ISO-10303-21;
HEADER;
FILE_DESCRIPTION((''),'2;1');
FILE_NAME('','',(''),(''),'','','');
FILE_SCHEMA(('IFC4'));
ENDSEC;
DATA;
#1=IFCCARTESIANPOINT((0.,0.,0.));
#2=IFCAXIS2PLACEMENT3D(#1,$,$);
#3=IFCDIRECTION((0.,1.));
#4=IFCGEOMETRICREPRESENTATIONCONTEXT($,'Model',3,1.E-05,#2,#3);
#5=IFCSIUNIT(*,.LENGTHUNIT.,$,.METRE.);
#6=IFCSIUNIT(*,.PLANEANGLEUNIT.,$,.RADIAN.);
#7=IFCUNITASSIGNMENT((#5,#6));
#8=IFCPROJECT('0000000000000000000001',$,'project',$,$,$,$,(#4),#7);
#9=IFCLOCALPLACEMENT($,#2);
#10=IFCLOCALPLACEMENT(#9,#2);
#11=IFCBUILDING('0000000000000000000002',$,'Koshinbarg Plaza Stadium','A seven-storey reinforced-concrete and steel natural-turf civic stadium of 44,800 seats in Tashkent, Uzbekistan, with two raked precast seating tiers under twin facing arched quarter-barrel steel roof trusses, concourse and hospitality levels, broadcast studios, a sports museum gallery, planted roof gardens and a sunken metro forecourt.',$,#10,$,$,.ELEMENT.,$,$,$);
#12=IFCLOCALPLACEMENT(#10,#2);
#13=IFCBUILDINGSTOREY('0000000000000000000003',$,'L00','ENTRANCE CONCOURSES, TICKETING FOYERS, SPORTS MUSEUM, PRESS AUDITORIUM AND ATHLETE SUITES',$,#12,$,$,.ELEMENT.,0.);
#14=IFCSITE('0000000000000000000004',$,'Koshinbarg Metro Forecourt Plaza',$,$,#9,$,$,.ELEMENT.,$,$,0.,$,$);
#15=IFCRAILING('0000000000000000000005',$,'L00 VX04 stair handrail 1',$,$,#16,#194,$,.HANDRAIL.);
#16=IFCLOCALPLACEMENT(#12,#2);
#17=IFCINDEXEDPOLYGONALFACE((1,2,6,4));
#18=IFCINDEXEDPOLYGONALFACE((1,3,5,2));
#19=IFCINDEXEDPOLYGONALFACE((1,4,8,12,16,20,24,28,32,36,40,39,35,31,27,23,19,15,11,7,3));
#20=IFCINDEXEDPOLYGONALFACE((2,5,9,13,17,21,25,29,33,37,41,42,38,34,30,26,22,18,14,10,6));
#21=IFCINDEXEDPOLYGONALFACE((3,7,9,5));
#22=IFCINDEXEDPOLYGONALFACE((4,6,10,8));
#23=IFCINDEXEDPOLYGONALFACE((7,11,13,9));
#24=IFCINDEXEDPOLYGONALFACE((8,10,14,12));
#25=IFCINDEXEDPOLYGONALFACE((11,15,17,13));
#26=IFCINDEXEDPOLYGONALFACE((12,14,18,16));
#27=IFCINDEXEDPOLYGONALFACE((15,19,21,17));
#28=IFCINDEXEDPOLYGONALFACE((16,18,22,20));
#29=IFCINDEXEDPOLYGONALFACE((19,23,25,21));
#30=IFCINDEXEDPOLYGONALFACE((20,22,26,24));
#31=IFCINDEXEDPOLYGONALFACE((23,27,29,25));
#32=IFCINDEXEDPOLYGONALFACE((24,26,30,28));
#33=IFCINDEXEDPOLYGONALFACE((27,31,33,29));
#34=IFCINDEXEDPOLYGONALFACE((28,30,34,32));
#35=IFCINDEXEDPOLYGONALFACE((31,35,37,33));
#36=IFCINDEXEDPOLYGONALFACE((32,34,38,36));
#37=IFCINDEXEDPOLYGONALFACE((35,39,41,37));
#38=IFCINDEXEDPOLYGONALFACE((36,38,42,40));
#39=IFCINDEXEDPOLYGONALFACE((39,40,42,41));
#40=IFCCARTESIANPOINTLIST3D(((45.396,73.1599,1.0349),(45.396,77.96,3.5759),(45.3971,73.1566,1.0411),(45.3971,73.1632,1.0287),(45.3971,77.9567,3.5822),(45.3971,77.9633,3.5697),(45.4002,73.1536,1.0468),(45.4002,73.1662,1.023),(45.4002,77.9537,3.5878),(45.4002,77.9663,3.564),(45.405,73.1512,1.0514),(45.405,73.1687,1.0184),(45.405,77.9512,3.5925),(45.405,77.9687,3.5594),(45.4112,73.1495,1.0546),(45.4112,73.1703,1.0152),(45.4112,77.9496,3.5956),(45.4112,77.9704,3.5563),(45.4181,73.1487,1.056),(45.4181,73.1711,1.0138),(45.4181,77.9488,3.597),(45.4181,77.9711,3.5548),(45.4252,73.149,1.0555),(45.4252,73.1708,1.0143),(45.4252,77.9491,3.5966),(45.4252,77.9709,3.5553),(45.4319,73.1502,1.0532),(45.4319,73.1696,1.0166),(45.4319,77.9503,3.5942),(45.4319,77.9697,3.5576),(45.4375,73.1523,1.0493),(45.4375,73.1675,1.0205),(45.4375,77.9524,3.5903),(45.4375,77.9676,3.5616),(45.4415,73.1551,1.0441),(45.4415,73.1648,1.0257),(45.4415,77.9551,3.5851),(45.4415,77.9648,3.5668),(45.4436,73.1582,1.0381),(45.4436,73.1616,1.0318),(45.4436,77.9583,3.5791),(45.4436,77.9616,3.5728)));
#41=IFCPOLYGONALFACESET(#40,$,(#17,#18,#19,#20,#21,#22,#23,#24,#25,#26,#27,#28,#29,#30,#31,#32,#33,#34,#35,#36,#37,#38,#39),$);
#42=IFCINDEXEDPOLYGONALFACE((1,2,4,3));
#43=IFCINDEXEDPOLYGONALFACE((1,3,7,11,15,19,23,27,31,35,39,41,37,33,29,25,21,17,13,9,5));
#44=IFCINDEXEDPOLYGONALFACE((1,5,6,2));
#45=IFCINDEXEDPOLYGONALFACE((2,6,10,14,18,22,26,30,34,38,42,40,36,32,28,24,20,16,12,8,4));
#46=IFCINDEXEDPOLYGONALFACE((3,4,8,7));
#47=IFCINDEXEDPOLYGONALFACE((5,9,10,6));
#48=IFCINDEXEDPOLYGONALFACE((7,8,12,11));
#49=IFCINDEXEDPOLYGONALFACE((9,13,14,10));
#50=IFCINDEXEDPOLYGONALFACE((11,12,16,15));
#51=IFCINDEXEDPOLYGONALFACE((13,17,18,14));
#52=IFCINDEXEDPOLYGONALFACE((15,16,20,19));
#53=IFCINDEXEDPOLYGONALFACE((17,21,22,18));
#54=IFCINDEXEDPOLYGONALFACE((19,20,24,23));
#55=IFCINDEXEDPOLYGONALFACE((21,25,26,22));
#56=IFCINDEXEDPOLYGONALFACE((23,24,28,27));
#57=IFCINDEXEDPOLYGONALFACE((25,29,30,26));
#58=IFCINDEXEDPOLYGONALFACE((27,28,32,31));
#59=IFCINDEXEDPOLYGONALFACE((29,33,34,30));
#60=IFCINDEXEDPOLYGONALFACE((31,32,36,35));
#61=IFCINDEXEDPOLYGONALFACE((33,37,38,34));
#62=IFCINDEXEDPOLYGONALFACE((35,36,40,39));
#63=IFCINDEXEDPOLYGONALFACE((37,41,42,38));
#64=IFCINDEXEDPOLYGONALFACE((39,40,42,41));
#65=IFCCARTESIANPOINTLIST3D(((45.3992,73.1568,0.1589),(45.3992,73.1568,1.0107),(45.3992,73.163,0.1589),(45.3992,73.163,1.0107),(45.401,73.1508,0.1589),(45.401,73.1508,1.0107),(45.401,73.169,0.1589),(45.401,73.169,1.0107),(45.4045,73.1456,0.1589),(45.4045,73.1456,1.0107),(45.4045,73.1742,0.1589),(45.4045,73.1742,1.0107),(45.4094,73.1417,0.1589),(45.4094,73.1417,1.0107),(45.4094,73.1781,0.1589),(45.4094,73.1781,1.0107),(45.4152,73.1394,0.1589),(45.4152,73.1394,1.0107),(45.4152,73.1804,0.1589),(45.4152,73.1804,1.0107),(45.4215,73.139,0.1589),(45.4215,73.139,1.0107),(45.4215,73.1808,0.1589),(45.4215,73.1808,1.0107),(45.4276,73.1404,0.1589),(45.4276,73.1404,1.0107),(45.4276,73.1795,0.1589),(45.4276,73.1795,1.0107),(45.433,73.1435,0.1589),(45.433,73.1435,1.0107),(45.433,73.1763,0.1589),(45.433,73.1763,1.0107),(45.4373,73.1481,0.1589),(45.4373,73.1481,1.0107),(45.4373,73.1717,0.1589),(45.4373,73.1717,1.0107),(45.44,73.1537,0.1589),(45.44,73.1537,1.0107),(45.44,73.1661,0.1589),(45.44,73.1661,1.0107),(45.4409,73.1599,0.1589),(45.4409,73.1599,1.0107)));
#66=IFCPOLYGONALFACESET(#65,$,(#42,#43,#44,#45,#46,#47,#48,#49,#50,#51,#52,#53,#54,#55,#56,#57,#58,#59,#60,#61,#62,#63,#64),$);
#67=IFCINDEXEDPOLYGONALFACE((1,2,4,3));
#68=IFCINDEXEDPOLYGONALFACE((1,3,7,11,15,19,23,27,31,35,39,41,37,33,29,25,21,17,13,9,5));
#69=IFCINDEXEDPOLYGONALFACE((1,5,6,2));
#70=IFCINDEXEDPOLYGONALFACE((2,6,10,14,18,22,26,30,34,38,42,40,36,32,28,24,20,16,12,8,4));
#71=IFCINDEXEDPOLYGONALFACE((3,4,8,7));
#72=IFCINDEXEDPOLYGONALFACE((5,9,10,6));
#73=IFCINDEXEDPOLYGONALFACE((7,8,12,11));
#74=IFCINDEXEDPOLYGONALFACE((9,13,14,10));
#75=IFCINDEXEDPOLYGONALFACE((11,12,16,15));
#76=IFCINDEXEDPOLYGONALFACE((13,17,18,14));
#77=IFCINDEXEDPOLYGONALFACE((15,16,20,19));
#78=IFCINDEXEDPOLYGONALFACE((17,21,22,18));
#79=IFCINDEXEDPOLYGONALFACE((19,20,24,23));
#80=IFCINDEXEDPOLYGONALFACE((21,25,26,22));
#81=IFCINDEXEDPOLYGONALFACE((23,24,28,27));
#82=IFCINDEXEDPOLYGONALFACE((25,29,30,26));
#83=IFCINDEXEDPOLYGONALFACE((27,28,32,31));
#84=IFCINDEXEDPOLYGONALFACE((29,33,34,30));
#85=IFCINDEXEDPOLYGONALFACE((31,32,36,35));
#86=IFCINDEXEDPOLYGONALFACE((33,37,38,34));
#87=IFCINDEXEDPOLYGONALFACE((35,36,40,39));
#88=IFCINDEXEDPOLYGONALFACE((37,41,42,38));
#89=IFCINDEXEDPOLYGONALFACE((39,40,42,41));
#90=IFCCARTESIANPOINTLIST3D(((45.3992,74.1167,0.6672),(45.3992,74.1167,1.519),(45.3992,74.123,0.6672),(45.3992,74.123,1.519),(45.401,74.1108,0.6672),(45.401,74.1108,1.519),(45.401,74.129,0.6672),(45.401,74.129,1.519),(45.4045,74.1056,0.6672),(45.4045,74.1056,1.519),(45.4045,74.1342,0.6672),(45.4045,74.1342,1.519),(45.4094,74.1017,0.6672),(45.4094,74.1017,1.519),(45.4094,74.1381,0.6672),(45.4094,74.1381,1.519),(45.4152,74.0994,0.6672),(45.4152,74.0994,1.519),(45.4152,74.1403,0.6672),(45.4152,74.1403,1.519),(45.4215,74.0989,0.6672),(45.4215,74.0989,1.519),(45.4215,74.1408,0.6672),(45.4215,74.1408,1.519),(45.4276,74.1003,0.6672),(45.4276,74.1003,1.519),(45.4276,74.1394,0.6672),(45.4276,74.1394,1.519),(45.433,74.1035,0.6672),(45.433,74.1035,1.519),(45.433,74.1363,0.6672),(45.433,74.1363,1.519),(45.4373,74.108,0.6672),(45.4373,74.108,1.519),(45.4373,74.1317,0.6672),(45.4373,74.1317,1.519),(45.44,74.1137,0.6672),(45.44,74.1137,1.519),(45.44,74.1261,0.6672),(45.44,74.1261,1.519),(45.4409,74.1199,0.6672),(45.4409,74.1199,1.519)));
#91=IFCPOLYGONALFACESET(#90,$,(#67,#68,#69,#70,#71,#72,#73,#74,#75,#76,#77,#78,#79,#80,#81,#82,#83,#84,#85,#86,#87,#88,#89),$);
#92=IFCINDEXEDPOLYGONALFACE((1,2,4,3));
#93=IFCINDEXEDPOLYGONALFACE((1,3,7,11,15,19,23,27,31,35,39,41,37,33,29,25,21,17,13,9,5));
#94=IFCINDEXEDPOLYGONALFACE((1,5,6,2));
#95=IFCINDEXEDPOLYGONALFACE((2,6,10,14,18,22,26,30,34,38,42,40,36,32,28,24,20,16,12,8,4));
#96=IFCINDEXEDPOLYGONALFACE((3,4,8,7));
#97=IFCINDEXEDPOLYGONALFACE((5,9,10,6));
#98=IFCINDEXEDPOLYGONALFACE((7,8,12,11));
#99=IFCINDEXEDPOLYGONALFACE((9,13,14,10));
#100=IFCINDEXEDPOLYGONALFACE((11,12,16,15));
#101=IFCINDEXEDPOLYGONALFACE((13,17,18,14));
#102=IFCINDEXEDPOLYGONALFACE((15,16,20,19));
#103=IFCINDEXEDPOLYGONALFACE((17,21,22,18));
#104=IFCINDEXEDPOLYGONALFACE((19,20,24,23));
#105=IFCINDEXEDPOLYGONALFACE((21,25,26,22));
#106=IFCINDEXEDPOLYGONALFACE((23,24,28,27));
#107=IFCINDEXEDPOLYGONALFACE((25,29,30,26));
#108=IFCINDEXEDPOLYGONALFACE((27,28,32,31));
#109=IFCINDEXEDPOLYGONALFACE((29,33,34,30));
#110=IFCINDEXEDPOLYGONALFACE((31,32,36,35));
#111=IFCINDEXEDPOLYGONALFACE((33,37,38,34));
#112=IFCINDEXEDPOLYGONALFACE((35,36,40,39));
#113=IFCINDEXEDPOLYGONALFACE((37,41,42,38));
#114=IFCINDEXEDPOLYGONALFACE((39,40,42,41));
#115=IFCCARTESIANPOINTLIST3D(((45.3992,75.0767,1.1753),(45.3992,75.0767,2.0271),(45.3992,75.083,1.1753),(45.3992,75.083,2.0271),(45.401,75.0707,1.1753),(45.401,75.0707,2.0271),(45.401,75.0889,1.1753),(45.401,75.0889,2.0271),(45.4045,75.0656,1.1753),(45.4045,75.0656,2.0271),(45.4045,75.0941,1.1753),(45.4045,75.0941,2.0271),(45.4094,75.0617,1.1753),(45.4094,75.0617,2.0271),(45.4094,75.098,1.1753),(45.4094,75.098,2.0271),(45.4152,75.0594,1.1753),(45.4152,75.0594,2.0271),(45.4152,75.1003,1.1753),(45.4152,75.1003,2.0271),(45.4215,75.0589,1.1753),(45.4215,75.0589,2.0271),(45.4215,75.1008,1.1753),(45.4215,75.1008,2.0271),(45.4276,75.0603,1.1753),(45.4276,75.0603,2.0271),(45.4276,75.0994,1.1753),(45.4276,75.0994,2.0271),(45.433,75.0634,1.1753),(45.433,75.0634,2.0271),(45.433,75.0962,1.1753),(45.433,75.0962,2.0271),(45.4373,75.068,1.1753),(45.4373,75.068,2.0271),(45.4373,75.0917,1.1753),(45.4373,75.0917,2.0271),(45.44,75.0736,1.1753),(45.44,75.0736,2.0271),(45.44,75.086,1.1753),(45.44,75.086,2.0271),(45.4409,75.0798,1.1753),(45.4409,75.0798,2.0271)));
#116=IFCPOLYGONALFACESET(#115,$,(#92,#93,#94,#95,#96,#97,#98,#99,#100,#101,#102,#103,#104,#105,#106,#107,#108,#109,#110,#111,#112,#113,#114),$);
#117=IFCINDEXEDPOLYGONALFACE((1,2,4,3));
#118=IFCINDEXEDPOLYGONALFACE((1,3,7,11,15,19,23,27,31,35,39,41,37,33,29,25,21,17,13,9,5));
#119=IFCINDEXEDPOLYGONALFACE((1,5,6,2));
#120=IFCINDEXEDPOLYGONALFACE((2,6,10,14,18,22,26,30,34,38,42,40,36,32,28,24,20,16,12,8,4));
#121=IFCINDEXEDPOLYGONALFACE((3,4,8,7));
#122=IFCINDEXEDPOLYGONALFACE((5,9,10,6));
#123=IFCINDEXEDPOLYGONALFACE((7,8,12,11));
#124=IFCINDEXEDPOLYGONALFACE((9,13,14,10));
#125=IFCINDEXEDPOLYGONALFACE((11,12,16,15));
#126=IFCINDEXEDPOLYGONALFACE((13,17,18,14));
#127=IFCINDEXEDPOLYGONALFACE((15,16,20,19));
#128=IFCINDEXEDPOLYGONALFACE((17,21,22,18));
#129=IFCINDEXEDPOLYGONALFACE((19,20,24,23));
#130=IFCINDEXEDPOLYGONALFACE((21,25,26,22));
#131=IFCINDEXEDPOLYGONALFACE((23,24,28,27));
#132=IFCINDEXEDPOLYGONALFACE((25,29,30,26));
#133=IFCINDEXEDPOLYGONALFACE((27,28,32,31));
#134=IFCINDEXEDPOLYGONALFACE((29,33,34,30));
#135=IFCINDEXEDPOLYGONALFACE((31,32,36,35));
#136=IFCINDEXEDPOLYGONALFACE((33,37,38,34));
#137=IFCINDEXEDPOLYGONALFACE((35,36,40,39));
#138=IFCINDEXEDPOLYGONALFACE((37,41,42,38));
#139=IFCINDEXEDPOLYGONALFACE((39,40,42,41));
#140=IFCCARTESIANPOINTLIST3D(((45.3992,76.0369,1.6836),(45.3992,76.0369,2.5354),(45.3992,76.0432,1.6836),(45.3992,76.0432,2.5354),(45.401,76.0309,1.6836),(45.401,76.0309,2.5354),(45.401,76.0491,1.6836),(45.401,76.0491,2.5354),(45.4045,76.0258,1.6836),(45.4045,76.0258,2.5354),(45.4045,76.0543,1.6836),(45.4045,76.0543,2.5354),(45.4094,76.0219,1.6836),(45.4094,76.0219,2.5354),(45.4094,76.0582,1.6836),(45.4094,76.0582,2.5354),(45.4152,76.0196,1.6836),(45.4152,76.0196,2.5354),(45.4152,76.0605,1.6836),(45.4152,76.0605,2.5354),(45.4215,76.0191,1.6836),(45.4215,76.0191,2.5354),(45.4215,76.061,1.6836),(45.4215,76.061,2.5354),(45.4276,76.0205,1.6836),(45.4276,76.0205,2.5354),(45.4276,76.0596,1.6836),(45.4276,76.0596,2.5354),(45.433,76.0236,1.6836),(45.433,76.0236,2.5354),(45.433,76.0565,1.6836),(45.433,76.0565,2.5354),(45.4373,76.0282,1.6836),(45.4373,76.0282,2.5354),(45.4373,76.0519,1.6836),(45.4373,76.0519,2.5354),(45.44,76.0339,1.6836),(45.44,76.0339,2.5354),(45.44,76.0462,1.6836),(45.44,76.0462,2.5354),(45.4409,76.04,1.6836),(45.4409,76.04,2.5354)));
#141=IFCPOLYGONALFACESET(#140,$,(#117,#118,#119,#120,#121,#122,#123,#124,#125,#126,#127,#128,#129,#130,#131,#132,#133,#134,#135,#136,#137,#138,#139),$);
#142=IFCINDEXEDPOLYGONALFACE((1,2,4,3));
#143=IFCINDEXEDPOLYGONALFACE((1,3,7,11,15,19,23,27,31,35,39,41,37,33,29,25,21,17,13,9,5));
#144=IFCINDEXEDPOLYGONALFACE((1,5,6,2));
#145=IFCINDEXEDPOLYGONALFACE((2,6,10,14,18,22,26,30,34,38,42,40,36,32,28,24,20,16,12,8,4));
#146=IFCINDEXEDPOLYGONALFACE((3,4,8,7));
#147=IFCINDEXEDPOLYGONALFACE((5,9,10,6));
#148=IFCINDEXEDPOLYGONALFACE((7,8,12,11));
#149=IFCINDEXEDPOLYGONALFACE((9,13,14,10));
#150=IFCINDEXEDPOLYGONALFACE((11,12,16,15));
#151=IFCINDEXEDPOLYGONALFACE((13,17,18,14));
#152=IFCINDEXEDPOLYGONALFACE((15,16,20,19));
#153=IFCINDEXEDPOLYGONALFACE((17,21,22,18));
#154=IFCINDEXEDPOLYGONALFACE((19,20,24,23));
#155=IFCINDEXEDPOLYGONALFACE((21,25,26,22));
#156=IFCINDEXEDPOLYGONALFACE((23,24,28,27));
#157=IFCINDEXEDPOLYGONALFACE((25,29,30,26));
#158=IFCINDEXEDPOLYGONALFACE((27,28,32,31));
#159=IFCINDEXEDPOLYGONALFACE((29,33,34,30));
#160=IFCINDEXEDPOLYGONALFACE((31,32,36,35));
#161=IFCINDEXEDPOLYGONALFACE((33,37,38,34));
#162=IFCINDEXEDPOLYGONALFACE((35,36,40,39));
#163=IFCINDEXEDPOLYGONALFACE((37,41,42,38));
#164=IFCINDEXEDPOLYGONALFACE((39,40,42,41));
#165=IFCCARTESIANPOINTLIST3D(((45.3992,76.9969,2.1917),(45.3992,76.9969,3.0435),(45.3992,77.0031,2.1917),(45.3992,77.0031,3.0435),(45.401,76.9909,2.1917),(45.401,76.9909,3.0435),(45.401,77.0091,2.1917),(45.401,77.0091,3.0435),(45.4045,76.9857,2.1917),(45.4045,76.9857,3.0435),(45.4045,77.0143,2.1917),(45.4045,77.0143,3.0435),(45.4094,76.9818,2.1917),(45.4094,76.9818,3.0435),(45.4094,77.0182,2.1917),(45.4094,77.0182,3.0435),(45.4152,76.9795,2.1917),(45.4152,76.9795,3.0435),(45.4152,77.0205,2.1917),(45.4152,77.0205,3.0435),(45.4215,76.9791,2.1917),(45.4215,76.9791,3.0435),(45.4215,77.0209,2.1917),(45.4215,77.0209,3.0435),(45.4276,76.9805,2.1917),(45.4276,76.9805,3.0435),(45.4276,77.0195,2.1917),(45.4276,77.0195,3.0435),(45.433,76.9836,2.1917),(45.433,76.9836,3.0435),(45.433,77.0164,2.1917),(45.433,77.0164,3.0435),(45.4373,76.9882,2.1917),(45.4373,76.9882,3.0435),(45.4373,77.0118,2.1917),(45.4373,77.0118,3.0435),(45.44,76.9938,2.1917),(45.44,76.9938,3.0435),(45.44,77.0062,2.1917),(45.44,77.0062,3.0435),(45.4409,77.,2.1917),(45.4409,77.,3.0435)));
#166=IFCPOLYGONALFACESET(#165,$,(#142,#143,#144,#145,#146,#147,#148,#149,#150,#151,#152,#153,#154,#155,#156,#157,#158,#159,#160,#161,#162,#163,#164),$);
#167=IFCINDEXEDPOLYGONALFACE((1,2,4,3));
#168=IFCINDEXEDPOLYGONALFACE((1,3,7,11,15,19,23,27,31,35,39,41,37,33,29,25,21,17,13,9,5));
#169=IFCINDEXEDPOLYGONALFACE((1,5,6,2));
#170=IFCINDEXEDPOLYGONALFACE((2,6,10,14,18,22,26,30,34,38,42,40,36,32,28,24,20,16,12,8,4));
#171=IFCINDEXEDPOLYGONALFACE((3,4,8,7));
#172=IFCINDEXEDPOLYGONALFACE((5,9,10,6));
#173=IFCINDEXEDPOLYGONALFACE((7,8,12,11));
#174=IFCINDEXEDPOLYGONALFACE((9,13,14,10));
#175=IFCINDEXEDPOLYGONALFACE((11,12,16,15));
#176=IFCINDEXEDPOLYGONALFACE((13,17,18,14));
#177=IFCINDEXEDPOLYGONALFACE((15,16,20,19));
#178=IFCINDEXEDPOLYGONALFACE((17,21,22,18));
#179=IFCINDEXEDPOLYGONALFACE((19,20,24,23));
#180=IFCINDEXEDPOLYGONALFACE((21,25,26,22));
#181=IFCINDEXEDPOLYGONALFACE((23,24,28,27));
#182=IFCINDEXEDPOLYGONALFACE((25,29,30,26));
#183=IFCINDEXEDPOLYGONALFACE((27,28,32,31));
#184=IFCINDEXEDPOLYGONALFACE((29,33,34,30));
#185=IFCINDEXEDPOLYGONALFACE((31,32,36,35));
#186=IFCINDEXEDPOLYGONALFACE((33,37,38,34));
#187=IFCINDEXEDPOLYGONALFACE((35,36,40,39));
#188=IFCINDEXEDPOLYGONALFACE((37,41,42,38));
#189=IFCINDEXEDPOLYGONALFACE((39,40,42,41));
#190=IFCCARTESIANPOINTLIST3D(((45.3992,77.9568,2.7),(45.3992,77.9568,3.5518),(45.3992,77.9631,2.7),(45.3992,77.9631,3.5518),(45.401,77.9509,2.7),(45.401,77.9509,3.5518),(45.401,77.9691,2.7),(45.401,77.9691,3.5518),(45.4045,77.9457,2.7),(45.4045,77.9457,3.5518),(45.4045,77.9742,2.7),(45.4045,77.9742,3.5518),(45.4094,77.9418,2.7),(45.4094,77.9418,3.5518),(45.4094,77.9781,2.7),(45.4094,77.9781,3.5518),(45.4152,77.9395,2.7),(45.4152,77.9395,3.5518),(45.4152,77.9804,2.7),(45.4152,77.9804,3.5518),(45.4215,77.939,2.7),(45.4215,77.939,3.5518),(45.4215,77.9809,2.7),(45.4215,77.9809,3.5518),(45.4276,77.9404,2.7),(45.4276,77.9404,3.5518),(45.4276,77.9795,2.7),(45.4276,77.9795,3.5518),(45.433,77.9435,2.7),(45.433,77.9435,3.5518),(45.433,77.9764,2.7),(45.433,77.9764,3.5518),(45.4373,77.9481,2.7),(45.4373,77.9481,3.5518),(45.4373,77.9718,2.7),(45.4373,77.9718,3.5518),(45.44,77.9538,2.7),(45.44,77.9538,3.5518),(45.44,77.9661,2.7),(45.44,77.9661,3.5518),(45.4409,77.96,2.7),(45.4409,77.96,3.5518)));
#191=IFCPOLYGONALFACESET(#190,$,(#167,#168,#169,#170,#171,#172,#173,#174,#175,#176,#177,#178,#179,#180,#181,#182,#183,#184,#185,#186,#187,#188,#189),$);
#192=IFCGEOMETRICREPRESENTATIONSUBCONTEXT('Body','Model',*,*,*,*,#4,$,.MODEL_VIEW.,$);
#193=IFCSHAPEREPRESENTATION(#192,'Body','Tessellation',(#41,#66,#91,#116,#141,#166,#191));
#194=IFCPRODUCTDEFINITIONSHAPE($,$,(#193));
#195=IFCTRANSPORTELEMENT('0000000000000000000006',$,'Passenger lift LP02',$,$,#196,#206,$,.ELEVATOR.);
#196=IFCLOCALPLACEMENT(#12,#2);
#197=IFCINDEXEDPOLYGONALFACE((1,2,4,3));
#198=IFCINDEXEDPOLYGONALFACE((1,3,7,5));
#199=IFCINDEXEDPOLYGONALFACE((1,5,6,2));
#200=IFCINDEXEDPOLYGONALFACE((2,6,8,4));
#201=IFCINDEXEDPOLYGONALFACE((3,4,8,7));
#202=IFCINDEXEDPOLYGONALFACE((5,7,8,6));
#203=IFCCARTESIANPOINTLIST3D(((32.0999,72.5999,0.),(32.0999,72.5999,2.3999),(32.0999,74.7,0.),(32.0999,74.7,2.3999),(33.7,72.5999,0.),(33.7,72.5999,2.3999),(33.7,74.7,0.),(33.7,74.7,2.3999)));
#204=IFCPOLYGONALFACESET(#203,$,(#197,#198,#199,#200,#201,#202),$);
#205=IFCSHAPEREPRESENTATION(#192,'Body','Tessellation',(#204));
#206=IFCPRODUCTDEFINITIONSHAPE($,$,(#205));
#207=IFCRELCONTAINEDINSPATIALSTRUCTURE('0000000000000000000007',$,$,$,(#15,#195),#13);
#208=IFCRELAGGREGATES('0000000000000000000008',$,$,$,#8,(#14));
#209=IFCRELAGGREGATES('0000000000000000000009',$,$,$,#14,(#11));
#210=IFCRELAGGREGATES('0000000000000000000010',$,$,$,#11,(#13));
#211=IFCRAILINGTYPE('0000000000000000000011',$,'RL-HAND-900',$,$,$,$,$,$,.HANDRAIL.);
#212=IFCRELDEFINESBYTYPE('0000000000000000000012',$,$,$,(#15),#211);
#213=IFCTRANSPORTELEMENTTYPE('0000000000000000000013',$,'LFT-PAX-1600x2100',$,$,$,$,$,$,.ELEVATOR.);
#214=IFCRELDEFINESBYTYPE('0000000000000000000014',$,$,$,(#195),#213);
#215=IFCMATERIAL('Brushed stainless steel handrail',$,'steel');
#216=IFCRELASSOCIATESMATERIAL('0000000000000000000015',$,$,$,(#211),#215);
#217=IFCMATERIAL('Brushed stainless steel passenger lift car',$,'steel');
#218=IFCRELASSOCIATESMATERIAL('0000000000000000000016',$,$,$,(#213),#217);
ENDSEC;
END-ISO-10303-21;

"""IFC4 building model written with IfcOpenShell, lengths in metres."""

from ifc_helpers import new_model, si_unit, direction, frame, origin, origin_2d, place, context, subcontext, project, spatial, rectangle, circle, extrude, material, type_object, element, save


model = new_model("IFC4")

# Units and contexts
model_context = context("Model", 3, precision=1e-05, world=origin(), true_north=direction((0.0, 1.0)))
body_context = subcontext(model_context, "Body", "Model", "MODEL_VIEW")
ifc_project = project(units=[si_unit("LENGTHUNIT", "METRE"), si_unit("PLANEANGLEUNIT", "RADIAN")], contexts=[model_context])

# Site, building, storey
site_placement = place(None, origin())
site = spatial("IfcSite", under=ifc_project, at=site_placement, Name="Koshinbarg Metro Forecourt Plaza", CompositionType="ELEMENT", RefElevation=0.0)
building_placement = place(site_placement, origin())
building = spatial("IfcBuilding", under=site, at=building_placement, Name="Koshinbarg Plaza Stadium", Description="A seven-storey reinforced-concrete and steel natural-turf civic stadium of 44,800 seats in Tashkent, Uzbekistan, with two raked precast seating tiers under twin facing arched quarter-barrel steel roof trusses, concourse and hospitality levels, broadcast studios, a sports museum gallery, planted roof gardens and a sunken metro forecourt.", CompositionType="ELEMENT")
storey_placement = place(building_placement, origin())
storey = spatial("IfcBuildingStorey", under=building, at=storey_placement, Name="L00", Description="ENTRANCE CONCOURSES, TICKETING FOYERS, SPORTS MUSEUM, PRESS AUDITORIUM AND ATHLETE SUITES", CompositionType="ELEMENT", Elevation=0.0)

# Railing
ifc_material_1 = material(Name="Brushed stainless steel handrail", Category="steel")
railing_type_1 = type_object("IfcRailingType", Name="RL-HAND-900", PredefinedType="HANDRAIL", material=ifc_material_1)
railing_1_placement = place(storey_placement, frame((45.4199, 73.1599, 0.1589)))
element("IfcRailing", 1, at=railing_1_placement, inside=storey, type_object=railing_type_1, Name="L00 VX04 stair handrail 1", PredefinedType="HANDRAIL", context=body_context, shape_type="SweptSolid", body=[
    extrude(circle(Radius=0.0239, at=origin_2d()), frame((0.0, 0.0, 0.876), z_axis=(0.0, 0.883802, 0.467861), x_axis=(-1.0, 0.0, 0.0)), (0.0, 0.0, 1.0), 5.4312),
    extrude(circle(Radius=0.021, at=origin_2d()), origin(), (0.0, 0.0, 1.0), 0.8518),
    extrude(circle(Radius=0.021, at=origin_2d()), frame((0.0, 0.96, 0.5083)), (0.0, 0.0, 1.0), 0.8518),
    extrude(circle(Radius=0.021, at=origin_2d()), frame((0.0, 1.9199, 1.0164)), (0.0, 0.0, 1.0), 0.8518),
    extrude(circle(Radius=0.021, at=origin_2d()), frame((0.0, 2.8801, 1.5247)), (0.0, 0.0, 1.0), 0.8518),
    extrude(circle(Radius=0.021, at=origin_2d()), frame((0.0, 3.8401, 2.0327)), (0.0, 0.0, 1.0), 0.8518),
    extrude(circle(Radius=0.021, at=origin_2d()), frame((0.0, 4.8, 2.541)), (0.0, 0.0, 1.0), 0.8518),
])

# Transport element
ifc_material_2 = material(Name="Brushed stainless steel passenger lift car", Category="steel")
transport_element_type = type_object("IfcTransportElementType", Name="LFT-PAX-1600x2100", PredefinedType="ELEVATOR", material=ifc_material_2)
transport_element_placement = place(storey_placement, frame((32.8999, 73.6499, 0.0), z_axis=(0.0, 0.0, 1.0), x_axis=(1.0, 0.0, 0.0)))
element("IfcTransportElement", 2, at=transport_element_placement, inside=storey, type_object=transport_element_type, Name="Passenger lift LP02", PredefinedType="ELEVATOR", context=body_context, shape_type="SweptSolid", body=[
    extrude(rectangle(XDim=1.6001, YDim=2.1001, at=origin_2d()), origin(), (0.0, 0.0, 1.0), 2.3999),
])

save(model, "model.ifc")
